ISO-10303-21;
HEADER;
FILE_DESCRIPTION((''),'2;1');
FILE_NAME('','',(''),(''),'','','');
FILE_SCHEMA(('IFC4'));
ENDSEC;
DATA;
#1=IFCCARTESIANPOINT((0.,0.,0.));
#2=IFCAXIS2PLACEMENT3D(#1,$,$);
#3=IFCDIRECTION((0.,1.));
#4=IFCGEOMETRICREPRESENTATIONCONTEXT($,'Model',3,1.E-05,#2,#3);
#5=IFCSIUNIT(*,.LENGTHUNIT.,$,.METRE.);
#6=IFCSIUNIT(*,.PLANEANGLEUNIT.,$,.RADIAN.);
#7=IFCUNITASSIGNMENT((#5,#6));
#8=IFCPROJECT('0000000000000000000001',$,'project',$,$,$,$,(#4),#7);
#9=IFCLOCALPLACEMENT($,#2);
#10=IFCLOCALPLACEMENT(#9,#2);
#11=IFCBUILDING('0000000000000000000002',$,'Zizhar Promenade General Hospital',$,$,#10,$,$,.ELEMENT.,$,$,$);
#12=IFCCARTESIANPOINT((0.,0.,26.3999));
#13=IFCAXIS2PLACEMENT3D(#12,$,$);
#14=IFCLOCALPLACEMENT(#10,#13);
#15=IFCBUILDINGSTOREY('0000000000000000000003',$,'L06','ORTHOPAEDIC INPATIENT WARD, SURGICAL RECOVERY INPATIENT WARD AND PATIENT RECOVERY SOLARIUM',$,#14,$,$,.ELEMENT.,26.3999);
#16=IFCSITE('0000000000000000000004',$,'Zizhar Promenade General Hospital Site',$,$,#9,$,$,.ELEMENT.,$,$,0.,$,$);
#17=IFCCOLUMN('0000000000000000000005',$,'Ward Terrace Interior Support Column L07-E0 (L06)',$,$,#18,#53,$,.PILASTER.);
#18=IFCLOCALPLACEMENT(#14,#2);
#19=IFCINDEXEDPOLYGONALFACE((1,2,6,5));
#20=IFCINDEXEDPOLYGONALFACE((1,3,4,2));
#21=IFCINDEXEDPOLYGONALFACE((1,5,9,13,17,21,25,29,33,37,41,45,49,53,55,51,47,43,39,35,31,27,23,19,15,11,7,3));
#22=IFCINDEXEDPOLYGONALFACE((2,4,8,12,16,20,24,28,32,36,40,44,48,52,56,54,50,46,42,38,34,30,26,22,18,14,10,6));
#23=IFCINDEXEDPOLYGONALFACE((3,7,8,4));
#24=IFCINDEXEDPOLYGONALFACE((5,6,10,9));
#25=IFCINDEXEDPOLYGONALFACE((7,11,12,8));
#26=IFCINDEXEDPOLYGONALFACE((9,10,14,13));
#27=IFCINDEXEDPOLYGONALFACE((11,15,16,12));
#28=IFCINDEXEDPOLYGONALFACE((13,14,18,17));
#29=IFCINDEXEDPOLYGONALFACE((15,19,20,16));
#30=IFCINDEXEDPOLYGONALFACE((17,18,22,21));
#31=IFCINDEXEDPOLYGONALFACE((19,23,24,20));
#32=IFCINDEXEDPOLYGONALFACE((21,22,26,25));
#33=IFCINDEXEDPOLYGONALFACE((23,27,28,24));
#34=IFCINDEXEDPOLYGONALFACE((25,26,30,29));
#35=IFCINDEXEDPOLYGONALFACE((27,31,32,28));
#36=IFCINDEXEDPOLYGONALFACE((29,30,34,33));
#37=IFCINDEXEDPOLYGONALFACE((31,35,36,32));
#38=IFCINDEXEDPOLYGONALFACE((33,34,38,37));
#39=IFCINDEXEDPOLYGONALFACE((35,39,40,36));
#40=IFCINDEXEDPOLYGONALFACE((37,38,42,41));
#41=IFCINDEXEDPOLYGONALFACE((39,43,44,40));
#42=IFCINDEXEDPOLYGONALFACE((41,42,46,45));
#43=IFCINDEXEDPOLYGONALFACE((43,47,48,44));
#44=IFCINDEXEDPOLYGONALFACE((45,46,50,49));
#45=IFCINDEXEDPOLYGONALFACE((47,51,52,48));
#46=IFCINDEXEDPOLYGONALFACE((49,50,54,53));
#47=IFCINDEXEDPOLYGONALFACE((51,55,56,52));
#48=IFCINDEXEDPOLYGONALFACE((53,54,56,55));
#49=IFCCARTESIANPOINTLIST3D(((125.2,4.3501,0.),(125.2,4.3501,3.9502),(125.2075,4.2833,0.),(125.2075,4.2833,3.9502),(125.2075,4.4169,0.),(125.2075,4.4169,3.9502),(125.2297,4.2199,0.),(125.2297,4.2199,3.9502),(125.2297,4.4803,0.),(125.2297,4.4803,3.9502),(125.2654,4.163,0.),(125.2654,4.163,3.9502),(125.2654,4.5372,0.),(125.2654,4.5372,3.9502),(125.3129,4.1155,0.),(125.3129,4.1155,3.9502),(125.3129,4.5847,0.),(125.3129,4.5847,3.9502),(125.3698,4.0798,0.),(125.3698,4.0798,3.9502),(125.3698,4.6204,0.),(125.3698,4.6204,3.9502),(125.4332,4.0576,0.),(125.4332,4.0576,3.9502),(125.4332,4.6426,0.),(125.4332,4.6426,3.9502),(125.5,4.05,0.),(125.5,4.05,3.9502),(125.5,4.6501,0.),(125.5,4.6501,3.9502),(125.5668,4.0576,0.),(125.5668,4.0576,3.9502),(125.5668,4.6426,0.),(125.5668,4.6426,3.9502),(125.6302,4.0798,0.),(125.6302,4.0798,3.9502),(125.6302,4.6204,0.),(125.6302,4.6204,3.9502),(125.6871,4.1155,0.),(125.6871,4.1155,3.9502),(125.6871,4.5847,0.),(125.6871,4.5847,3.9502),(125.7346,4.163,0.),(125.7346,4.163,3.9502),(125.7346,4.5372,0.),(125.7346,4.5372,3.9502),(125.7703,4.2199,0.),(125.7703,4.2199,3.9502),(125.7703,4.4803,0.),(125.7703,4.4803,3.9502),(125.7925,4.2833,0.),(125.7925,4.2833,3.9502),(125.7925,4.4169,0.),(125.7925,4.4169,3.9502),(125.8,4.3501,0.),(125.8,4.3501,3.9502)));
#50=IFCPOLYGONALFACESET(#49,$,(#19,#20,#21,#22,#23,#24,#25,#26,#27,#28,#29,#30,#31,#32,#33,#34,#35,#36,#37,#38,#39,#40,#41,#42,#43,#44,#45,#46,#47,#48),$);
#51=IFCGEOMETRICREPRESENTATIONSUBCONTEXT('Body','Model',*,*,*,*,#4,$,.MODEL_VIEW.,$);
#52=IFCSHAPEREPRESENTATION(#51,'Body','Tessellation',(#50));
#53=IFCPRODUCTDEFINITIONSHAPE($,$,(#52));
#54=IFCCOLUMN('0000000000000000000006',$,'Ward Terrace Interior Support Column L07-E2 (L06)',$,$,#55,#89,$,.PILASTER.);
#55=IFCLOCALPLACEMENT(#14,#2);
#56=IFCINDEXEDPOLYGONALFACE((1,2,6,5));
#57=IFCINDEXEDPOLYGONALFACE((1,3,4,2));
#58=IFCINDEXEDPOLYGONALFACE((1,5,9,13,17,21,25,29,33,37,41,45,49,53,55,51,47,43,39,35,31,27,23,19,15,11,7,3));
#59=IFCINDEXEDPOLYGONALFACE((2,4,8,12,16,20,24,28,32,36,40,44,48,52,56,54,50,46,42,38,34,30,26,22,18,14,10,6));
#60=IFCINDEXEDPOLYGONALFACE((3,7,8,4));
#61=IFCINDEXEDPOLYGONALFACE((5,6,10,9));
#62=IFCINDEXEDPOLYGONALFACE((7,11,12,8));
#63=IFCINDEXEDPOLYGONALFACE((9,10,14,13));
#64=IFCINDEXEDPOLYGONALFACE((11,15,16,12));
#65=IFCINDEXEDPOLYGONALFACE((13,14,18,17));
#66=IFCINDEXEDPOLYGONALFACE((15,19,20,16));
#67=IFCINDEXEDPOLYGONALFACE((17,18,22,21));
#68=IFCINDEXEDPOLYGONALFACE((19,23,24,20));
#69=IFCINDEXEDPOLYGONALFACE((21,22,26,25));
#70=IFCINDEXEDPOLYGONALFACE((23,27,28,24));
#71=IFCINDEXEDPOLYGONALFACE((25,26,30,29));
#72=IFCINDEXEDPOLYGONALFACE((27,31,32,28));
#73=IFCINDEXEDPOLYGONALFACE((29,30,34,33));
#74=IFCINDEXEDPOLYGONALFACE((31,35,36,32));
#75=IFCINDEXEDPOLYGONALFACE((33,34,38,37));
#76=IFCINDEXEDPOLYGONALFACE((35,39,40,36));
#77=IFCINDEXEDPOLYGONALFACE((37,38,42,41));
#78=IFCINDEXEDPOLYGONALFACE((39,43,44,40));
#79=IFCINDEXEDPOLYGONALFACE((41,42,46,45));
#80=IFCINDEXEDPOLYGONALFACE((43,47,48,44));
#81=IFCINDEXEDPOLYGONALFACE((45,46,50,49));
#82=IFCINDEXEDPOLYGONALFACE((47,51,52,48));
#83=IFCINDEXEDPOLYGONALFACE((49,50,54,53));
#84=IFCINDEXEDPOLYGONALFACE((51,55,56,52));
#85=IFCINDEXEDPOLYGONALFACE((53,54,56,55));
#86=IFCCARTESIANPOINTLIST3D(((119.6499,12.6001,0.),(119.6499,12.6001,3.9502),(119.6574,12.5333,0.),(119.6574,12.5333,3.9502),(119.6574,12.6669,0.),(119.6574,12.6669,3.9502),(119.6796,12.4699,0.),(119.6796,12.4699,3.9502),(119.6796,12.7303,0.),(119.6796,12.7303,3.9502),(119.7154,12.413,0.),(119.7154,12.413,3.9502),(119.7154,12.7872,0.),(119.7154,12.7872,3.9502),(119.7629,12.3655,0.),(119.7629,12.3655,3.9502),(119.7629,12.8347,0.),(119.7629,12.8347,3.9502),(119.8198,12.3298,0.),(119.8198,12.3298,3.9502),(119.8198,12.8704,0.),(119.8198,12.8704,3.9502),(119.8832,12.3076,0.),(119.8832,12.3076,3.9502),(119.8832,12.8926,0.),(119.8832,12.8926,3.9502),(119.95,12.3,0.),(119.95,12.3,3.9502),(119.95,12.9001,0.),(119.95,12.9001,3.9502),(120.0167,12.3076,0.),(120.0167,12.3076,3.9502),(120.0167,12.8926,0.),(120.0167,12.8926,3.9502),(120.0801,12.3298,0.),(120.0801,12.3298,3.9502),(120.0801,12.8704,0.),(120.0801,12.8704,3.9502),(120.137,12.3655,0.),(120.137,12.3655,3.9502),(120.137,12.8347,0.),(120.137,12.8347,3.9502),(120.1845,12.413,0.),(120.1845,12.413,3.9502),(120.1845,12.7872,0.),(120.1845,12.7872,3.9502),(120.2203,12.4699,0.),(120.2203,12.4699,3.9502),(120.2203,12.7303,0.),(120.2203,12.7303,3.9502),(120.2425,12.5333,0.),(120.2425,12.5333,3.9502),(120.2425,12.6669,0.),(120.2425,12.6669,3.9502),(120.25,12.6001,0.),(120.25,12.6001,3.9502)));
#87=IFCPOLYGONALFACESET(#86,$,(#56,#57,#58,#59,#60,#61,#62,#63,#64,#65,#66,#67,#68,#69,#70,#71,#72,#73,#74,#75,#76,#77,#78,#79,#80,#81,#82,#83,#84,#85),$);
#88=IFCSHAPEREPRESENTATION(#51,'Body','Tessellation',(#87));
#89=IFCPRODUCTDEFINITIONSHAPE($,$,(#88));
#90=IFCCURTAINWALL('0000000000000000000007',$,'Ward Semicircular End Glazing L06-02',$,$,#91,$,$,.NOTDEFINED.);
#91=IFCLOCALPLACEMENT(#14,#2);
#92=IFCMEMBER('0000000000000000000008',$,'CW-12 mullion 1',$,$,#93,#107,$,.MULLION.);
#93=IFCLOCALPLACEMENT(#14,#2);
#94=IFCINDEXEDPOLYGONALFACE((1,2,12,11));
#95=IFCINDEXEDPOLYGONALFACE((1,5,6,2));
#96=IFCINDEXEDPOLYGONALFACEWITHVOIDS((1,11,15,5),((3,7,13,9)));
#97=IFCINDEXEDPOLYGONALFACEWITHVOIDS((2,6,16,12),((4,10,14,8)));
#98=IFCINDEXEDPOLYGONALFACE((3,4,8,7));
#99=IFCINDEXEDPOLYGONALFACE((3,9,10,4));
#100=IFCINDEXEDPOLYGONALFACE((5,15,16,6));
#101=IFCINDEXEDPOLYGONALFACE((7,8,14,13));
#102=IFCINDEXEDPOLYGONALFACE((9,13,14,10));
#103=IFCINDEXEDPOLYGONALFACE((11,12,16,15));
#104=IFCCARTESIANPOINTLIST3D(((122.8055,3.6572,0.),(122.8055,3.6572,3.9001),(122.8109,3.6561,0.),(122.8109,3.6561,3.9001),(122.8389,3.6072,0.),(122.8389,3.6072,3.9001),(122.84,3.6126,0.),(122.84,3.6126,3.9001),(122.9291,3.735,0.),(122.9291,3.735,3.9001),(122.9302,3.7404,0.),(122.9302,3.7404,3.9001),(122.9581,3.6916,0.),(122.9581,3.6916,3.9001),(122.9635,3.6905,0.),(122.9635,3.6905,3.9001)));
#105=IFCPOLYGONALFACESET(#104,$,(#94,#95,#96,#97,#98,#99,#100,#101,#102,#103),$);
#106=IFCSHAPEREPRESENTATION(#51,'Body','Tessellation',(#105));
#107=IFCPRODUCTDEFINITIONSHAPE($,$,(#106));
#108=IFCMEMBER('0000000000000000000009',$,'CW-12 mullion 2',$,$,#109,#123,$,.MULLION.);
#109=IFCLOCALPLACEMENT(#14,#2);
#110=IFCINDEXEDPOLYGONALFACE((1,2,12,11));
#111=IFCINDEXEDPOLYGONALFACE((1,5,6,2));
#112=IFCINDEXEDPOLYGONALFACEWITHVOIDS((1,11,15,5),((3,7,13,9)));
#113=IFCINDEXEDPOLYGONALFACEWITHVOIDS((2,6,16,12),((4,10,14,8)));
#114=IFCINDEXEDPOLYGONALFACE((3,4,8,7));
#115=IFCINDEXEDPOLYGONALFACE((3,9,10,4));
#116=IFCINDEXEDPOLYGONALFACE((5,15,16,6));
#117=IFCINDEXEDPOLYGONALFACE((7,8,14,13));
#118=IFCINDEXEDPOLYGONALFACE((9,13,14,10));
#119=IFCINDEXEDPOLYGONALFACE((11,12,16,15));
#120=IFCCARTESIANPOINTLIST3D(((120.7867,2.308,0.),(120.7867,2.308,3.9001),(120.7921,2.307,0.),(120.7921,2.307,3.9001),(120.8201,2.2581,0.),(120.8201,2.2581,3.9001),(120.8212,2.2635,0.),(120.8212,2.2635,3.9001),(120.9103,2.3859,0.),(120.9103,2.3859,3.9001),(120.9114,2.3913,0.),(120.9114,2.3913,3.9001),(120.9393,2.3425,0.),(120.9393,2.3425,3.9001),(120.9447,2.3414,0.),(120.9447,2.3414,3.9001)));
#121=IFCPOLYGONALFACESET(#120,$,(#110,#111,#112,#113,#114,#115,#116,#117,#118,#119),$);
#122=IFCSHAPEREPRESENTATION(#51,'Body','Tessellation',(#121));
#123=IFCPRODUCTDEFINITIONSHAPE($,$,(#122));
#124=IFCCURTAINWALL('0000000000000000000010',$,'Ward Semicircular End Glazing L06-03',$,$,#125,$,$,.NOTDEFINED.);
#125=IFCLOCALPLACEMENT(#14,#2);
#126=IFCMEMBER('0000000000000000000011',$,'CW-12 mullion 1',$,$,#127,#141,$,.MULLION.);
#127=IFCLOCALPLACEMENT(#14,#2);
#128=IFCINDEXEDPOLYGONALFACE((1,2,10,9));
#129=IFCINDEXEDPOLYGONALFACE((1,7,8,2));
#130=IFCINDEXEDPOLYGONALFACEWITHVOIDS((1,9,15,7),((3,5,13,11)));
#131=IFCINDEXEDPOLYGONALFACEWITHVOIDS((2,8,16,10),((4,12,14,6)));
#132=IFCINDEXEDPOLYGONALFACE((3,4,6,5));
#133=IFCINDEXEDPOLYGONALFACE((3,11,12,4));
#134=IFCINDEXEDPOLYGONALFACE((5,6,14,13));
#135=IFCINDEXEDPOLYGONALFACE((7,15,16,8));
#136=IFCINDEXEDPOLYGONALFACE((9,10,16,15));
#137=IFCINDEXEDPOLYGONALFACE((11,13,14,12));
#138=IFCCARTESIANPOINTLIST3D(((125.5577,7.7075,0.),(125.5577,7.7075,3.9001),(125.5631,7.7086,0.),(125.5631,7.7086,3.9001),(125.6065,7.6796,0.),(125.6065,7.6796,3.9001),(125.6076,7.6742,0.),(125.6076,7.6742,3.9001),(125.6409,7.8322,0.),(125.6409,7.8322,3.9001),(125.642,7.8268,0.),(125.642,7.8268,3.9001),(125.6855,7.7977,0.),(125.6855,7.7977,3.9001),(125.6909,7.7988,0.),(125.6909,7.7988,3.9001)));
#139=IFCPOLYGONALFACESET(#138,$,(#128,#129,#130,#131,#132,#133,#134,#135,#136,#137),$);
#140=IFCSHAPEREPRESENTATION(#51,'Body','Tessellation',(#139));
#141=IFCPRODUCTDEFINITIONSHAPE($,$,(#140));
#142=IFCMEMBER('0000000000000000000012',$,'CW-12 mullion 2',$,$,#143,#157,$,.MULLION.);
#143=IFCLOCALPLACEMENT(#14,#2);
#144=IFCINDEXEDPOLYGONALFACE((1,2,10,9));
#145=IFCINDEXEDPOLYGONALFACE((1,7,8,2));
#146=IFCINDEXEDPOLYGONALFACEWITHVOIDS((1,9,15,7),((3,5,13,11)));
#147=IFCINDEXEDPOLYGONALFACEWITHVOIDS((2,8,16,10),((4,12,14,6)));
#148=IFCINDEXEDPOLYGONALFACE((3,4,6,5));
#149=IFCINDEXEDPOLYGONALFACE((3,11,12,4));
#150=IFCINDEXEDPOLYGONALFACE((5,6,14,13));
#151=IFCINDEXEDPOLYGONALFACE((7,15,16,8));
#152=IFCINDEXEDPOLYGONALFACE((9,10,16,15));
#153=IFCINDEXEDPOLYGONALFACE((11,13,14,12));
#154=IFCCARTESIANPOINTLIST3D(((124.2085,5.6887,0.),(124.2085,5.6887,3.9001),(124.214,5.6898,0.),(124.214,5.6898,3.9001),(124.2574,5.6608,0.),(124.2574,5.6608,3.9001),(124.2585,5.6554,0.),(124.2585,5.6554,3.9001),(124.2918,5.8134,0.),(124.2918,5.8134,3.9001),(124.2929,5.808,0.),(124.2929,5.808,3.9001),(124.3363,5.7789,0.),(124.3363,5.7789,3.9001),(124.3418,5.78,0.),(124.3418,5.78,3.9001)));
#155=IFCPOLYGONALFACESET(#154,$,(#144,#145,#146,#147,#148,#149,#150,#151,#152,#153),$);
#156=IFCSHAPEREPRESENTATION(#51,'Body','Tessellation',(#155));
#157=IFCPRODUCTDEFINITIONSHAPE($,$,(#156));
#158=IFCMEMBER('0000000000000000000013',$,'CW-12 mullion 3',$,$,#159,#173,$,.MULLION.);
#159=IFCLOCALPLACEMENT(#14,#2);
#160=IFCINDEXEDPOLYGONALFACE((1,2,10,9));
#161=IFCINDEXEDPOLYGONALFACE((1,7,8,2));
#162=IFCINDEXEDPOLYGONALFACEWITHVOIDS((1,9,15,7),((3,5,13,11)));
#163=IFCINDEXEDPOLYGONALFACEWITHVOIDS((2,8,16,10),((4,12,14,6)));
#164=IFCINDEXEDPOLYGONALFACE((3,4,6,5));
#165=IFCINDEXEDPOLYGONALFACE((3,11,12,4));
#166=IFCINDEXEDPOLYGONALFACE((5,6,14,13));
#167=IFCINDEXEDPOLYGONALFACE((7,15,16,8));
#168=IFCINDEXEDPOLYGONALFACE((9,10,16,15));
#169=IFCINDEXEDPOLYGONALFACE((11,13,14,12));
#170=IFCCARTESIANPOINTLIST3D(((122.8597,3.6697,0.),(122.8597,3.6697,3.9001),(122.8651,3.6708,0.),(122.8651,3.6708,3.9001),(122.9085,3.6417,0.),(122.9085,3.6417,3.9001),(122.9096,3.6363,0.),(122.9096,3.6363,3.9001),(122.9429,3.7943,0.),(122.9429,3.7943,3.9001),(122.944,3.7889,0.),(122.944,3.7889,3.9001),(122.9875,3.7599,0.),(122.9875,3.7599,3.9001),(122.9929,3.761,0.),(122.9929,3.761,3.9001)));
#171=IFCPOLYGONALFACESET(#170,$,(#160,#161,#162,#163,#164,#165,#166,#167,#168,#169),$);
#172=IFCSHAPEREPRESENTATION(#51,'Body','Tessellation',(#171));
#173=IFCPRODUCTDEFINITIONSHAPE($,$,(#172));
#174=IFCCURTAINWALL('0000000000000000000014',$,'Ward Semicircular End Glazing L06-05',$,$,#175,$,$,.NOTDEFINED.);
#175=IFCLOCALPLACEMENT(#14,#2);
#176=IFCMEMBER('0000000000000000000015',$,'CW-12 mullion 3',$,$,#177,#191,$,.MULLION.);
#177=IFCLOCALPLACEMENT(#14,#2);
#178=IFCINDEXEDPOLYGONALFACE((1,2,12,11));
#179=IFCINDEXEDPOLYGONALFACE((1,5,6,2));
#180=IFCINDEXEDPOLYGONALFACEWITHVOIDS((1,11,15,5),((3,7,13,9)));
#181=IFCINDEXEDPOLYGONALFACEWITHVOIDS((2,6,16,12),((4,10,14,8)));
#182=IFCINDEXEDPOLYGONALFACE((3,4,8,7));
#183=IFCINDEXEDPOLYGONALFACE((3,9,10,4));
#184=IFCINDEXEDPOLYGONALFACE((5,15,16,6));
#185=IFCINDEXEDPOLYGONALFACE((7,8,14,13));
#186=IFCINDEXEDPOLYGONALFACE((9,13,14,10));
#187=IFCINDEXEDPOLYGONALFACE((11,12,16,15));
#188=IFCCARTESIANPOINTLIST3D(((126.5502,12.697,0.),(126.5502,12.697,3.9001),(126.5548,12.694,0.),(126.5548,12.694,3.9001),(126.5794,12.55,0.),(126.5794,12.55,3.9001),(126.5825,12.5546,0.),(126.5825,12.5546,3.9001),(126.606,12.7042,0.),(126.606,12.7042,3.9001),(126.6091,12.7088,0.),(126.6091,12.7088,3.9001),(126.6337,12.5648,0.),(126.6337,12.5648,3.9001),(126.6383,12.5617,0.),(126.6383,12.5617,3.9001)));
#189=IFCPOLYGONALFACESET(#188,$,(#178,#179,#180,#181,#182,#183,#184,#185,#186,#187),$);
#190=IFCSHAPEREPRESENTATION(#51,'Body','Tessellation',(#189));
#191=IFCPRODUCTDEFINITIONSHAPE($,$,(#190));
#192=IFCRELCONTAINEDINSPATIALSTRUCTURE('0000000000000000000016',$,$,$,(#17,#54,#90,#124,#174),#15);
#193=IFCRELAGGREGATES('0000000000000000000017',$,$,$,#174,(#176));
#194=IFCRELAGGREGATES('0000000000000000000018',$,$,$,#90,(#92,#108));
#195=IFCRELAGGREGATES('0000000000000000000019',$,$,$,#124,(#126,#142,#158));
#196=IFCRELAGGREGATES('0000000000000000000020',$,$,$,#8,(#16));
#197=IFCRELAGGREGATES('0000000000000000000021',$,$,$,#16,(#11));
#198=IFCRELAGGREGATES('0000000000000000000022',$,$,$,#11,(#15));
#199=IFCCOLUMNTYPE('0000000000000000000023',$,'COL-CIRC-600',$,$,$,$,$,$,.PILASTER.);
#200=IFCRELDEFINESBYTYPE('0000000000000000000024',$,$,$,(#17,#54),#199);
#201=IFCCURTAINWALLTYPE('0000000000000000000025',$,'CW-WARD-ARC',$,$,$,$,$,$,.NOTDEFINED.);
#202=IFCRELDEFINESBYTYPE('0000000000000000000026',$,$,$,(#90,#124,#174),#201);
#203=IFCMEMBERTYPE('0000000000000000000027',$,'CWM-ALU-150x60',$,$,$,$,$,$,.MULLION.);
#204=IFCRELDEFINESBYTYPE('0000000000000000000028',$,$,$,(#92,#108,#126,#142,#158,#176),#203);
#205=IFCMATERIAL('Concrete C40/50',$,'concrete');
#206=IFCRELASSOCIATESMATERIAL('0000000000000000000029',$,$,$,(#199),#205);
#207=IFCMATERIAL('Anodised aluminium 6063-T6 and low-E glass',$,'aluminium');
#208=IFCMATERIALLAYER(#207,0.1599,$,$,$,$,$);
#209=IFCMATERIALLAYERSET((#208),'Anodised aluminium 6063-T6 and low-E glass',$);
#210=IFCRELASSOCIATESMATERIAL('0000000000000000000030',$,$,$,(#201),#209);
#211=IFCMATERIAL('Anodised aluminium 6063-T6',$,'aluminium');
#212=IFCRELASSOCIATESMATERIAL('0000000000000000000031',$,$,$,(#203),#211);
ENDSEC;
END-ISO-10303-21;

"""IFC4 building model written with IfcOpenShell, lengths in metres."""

from ifc_helpers import new_model, si_unit, direction, frame, origin, origin_2d, place, context, subcontext, project, spatial, hollow_rectangle, circle, extrude, material, layer, layer_set, material_profile, profile_set, type_object, element, aggregate, save


model = new_model("IFC4")

# Units and contexts
model_context = context("Model", 3, precision=1e-05, world=origin(), true_north=direction((0.0, 1.0)))
body_context = subcontext(model_context, "Body", "Model", "MODEL_VIEW")
ifc_project = project(units=[si_unit("LENGTHUNIT", "METRE"), si_unit("PLANEANGLEUNIT", "RADIAN")], contexts=[model_context])

# Site, building, storey
site_placement = place(None, origin())
site = spatial("IfcSite", under=ifc_project, at=site_placement, Name="Zizhar Promenade General Hospital Site", CompositionType="ELEMENT", RefElevation=0.0)
building_placement = place(site_placement, origin())
building = spatial("IfcBuilding", under=site, at=building_placement, Name="Zizhar Promenade General Hospital", CompositionType="ELEMENT")
storey_placement = place(building_placement, frame((0.0, 0.0, 26.3999)))
storey = spatial("IfcBuildingStorey", under=building, at=storey_placement, Name="L06", Description="ORTHOPAEDIC INPATIENT WARD, SURGICAL RECOVERY INPATIENT WARD AND PATIENT RECOVERY SOLARIUM", CompositionType="ELEMENT", Elevation=26.3999)

# Columns
ifc_material_1 = material(Name="Concrete C40/50", Category="concrete")
ifc_material_profile_1 = material_profile(ifc_material_1, circle(Radius=0.3, at=origin_2d()))
ifc_profile_set_1 = profile_set([ifc_material_profile_1], Name="Concrete C40/50")
column_type = type_object("IfcColumnType", Name="COL-CIRC-600", PredefinedType="PILASTER", material=ifc_profile_set_1)
for number, where, z_axis, x_axis, name in (
    (1, (125.5, 4.3501, 0.0), (0.0, 0.0, 1.0), (1.0, 0.0, 0.0), "Ward Terrace Interior Support Column L07-E0 (L06)"),
    (2, (119.95, 12.6001, 0.0), (0.0, 0.0, 1.0), (1.0, 0.0, 0.0), "Ward Terrace Interior Support Column L07-E2 (L06)"),
):
    element("IfcColumn", number, at=place(storey_placement, frame(where, z_axis=z_axis, x_axis=x_axis)), inside=storey, type_object=column_type, Name=name, PredefinedType="PILASTER", context=body_context, shape_type="SweptSolid", body=[
        extrude(circle(Radius=0.3, at=origin_2d()), origin(), (0.0, 0.0, 1.0), 3.9502),
    ])

# Curtain walls, members
ifc_material_2 = material(Name="Anodised aluminium 6063-T6 and low-E glass", Category="aluminium")
ifc_layer_1 = layer(ifc_material_2, 0.1599)
ifc_layer_set_1 = layer_set([ifc_layer_1], Name="Anodised aluminium 6063-T6 and low-E glass")
curtain_wall_type = type_object("IfcCurtainWallType", Name="CW-WARD-ARC", PredefinedType="NOTDEFINED", material=ifc_layer_set_1)
curtain_wall_1_placement = place(storey_placement, origin())
curtain_wall_1 = element("IfcCurtainWall", 3, at=curtain_wall_1_placement, inside=storey, type_object=curtain_wall_type, Name="Ward Semicircular End Glazing L06-02", PredefinedType="NOTDEFINED")
ifc_material_3 = material(Name="Anodised aluminium 6063-T6", Category="aluminium")
ifc_material_profile_2 = material_profile(ifc_material_3, hollow_rectangle(XDim=0.0601, YDim=0.1499, WallThickness=0.0039, at=origin_2d()))
ifc_profile_set_2 = profile_set([ifc_material_profile_2], Name="Anodised aluminium 6063-T6")
member_type_1 = type_object("IfcMemberType", Name="CWM-ALU-150x60", PredefinedType="MULLION", material=ifc_profile_set_2)
member_1_placement = place(storey_placement, frame((122.8845, 3.6738, 0.0), z_axis=(0.0, 0.0, 1.0), x_axis=(0.555582, -0.831462, 0.0)))
member_1 = element("IfcMember", 4, at=member_1_placement, type_object=member_type_1, Name="CW-12 mullion 1", PredefinedType="MULLION", context=body_context, shape_type="SweptSolid", body=[
    extrude(hollow_rectangle(XDim=0.0601, YDim=0.1499, WallThickness=0.0039, at=origin_2d()), origin(), (0.0, 0.0, 1.0), 3.9001),
])
member_2_placement = place(storey_placement, frame((120.8657, 2.3247, 0.0), z_axis=(0.0, 0.0, 1.0), x_axis=(0.555582, -0.831462, 0.0)))
member_2 = element("IfcMember", 5, at=member_2_placement, type_object=member_type_1, Name="CW-12 mullion 2", PredefinedType="MULLION", context=body_context, shape_type="SweptSolid", body=[
    extrude(hollow_rectangle(XDim=0.0601, YDim=0.1499, WallThickness=0.0039, at=origin_2d()), origin(), (0.0, 0.0, 1.0), 3.9001),
])
curtain_wall_2_placement = place(storey_placement, origin())
curtain_wall_2 = element("IfcCurtainWall", 6, at=curtain_wall_2_placement, inside=storey, type_object=curtain_wall_type, Name="Ward Semicircular End Glazing L06-03", PredefinedType="NOTDEFINED")
member_3_placement = place(storey_placement, frame((125.6243, 7.7532, 0.0), z_axis=(0.0, 0.0, 1.0), x_axis=(0.831462, -0.555582, 0.0)))
member_3 = element("IfcMember", 7, at=member_3_placement, type_object=member_type_1, Name="CW-12 mullion 1", PredefinedType="MULLION", context=body_context, shape_type="SweptSolid", body=[
    extrude(hollow_rectangle(XDim=0.0601, YDim=0.1499, WallThickness=0.0039, at=origin_2d()), origin(), (0.0, 0.0, 1.0), 3.9001),
])
member_4_placement = place(storey_placement, frame((124.2751, 5.7344, 0.0), z_axis=(0.0, 0.0, 1.0), x_axis=(0.831462, -0.555582, 0.0)))
member_4 = element("IfcMember", 8, at=member_4_placement, type_object=member_type_1, Name="CW-12 mullion 2", PredefinedType="MULLION", context=body_context, shape_type="SweptSolid", body=[
    extrude(hollow_rectangle(XDim=0.0601, YDim=0.1499, WallThickness=0.0039, at=origin_2d()), origin(), (0.0, 0.0, 1.0), 3.9001),
])
member_5_placement = place(storey_placement, frame((122.9263, 3.7153, 0.0), z_axis=(0.0, 0.0, 1.0), x_axis=(0.831462, -0.555582, 0.0)))
member_5 = element("IfcMember", 9, at=member_5_placement, type_object=member_type_1, Name="CW-12 mullion 3", PredefinedType="MULLION", context=body_context, shape_type="SweptSolid", body=[
    extrude(hollow_rectangle(XDim=0.0601, YDim=0.1499, WallThickness=0.0039, at=origin_2d()), origin(), (0.0, 0.0, 1.0), 3.9001),
])

# Curtain wall, member
curtain_wall_3_placement = place(storey_placement, origin())
curtain_wall_3 = element("IfcCurtainWall", 10, at=curtain_wall_3_placement, inside=storey, type_object=curtain_wall_type, Name="Ward Semicircular End Glazing L06-05", PredefinedType="NOTDEFINED")
member_6_placement = place(storey_placement, frame((126.5942, 12.6294, 0.0), z_axis=(0.0, 0.0, 1.0), x_axis=(0.980786, 0.195087, 0.0)))
member_6 = element("IfcMember", 11, at=member_6_placement, type_object=member_type_1, Name="CW-12 mullion 3", PredefinedType="MULLION", context=body_context, shape_type="SweptSolid", body=[
    extrude(hollow_rectangle(XDim=0.0601, YDim=0.1499, WallThickness=0.0039, at=origin_2d()), origin(), (0.0, 0.0, 1.0), 3.9001),
])
aggregate(curtain_wall_3, [member_6])

aggregate(curtain_wall_1, [member_1, member_2])
aggregate(curtain_wall_2, [member_3, member_4, member_5])

save(model, "model.ifc")
